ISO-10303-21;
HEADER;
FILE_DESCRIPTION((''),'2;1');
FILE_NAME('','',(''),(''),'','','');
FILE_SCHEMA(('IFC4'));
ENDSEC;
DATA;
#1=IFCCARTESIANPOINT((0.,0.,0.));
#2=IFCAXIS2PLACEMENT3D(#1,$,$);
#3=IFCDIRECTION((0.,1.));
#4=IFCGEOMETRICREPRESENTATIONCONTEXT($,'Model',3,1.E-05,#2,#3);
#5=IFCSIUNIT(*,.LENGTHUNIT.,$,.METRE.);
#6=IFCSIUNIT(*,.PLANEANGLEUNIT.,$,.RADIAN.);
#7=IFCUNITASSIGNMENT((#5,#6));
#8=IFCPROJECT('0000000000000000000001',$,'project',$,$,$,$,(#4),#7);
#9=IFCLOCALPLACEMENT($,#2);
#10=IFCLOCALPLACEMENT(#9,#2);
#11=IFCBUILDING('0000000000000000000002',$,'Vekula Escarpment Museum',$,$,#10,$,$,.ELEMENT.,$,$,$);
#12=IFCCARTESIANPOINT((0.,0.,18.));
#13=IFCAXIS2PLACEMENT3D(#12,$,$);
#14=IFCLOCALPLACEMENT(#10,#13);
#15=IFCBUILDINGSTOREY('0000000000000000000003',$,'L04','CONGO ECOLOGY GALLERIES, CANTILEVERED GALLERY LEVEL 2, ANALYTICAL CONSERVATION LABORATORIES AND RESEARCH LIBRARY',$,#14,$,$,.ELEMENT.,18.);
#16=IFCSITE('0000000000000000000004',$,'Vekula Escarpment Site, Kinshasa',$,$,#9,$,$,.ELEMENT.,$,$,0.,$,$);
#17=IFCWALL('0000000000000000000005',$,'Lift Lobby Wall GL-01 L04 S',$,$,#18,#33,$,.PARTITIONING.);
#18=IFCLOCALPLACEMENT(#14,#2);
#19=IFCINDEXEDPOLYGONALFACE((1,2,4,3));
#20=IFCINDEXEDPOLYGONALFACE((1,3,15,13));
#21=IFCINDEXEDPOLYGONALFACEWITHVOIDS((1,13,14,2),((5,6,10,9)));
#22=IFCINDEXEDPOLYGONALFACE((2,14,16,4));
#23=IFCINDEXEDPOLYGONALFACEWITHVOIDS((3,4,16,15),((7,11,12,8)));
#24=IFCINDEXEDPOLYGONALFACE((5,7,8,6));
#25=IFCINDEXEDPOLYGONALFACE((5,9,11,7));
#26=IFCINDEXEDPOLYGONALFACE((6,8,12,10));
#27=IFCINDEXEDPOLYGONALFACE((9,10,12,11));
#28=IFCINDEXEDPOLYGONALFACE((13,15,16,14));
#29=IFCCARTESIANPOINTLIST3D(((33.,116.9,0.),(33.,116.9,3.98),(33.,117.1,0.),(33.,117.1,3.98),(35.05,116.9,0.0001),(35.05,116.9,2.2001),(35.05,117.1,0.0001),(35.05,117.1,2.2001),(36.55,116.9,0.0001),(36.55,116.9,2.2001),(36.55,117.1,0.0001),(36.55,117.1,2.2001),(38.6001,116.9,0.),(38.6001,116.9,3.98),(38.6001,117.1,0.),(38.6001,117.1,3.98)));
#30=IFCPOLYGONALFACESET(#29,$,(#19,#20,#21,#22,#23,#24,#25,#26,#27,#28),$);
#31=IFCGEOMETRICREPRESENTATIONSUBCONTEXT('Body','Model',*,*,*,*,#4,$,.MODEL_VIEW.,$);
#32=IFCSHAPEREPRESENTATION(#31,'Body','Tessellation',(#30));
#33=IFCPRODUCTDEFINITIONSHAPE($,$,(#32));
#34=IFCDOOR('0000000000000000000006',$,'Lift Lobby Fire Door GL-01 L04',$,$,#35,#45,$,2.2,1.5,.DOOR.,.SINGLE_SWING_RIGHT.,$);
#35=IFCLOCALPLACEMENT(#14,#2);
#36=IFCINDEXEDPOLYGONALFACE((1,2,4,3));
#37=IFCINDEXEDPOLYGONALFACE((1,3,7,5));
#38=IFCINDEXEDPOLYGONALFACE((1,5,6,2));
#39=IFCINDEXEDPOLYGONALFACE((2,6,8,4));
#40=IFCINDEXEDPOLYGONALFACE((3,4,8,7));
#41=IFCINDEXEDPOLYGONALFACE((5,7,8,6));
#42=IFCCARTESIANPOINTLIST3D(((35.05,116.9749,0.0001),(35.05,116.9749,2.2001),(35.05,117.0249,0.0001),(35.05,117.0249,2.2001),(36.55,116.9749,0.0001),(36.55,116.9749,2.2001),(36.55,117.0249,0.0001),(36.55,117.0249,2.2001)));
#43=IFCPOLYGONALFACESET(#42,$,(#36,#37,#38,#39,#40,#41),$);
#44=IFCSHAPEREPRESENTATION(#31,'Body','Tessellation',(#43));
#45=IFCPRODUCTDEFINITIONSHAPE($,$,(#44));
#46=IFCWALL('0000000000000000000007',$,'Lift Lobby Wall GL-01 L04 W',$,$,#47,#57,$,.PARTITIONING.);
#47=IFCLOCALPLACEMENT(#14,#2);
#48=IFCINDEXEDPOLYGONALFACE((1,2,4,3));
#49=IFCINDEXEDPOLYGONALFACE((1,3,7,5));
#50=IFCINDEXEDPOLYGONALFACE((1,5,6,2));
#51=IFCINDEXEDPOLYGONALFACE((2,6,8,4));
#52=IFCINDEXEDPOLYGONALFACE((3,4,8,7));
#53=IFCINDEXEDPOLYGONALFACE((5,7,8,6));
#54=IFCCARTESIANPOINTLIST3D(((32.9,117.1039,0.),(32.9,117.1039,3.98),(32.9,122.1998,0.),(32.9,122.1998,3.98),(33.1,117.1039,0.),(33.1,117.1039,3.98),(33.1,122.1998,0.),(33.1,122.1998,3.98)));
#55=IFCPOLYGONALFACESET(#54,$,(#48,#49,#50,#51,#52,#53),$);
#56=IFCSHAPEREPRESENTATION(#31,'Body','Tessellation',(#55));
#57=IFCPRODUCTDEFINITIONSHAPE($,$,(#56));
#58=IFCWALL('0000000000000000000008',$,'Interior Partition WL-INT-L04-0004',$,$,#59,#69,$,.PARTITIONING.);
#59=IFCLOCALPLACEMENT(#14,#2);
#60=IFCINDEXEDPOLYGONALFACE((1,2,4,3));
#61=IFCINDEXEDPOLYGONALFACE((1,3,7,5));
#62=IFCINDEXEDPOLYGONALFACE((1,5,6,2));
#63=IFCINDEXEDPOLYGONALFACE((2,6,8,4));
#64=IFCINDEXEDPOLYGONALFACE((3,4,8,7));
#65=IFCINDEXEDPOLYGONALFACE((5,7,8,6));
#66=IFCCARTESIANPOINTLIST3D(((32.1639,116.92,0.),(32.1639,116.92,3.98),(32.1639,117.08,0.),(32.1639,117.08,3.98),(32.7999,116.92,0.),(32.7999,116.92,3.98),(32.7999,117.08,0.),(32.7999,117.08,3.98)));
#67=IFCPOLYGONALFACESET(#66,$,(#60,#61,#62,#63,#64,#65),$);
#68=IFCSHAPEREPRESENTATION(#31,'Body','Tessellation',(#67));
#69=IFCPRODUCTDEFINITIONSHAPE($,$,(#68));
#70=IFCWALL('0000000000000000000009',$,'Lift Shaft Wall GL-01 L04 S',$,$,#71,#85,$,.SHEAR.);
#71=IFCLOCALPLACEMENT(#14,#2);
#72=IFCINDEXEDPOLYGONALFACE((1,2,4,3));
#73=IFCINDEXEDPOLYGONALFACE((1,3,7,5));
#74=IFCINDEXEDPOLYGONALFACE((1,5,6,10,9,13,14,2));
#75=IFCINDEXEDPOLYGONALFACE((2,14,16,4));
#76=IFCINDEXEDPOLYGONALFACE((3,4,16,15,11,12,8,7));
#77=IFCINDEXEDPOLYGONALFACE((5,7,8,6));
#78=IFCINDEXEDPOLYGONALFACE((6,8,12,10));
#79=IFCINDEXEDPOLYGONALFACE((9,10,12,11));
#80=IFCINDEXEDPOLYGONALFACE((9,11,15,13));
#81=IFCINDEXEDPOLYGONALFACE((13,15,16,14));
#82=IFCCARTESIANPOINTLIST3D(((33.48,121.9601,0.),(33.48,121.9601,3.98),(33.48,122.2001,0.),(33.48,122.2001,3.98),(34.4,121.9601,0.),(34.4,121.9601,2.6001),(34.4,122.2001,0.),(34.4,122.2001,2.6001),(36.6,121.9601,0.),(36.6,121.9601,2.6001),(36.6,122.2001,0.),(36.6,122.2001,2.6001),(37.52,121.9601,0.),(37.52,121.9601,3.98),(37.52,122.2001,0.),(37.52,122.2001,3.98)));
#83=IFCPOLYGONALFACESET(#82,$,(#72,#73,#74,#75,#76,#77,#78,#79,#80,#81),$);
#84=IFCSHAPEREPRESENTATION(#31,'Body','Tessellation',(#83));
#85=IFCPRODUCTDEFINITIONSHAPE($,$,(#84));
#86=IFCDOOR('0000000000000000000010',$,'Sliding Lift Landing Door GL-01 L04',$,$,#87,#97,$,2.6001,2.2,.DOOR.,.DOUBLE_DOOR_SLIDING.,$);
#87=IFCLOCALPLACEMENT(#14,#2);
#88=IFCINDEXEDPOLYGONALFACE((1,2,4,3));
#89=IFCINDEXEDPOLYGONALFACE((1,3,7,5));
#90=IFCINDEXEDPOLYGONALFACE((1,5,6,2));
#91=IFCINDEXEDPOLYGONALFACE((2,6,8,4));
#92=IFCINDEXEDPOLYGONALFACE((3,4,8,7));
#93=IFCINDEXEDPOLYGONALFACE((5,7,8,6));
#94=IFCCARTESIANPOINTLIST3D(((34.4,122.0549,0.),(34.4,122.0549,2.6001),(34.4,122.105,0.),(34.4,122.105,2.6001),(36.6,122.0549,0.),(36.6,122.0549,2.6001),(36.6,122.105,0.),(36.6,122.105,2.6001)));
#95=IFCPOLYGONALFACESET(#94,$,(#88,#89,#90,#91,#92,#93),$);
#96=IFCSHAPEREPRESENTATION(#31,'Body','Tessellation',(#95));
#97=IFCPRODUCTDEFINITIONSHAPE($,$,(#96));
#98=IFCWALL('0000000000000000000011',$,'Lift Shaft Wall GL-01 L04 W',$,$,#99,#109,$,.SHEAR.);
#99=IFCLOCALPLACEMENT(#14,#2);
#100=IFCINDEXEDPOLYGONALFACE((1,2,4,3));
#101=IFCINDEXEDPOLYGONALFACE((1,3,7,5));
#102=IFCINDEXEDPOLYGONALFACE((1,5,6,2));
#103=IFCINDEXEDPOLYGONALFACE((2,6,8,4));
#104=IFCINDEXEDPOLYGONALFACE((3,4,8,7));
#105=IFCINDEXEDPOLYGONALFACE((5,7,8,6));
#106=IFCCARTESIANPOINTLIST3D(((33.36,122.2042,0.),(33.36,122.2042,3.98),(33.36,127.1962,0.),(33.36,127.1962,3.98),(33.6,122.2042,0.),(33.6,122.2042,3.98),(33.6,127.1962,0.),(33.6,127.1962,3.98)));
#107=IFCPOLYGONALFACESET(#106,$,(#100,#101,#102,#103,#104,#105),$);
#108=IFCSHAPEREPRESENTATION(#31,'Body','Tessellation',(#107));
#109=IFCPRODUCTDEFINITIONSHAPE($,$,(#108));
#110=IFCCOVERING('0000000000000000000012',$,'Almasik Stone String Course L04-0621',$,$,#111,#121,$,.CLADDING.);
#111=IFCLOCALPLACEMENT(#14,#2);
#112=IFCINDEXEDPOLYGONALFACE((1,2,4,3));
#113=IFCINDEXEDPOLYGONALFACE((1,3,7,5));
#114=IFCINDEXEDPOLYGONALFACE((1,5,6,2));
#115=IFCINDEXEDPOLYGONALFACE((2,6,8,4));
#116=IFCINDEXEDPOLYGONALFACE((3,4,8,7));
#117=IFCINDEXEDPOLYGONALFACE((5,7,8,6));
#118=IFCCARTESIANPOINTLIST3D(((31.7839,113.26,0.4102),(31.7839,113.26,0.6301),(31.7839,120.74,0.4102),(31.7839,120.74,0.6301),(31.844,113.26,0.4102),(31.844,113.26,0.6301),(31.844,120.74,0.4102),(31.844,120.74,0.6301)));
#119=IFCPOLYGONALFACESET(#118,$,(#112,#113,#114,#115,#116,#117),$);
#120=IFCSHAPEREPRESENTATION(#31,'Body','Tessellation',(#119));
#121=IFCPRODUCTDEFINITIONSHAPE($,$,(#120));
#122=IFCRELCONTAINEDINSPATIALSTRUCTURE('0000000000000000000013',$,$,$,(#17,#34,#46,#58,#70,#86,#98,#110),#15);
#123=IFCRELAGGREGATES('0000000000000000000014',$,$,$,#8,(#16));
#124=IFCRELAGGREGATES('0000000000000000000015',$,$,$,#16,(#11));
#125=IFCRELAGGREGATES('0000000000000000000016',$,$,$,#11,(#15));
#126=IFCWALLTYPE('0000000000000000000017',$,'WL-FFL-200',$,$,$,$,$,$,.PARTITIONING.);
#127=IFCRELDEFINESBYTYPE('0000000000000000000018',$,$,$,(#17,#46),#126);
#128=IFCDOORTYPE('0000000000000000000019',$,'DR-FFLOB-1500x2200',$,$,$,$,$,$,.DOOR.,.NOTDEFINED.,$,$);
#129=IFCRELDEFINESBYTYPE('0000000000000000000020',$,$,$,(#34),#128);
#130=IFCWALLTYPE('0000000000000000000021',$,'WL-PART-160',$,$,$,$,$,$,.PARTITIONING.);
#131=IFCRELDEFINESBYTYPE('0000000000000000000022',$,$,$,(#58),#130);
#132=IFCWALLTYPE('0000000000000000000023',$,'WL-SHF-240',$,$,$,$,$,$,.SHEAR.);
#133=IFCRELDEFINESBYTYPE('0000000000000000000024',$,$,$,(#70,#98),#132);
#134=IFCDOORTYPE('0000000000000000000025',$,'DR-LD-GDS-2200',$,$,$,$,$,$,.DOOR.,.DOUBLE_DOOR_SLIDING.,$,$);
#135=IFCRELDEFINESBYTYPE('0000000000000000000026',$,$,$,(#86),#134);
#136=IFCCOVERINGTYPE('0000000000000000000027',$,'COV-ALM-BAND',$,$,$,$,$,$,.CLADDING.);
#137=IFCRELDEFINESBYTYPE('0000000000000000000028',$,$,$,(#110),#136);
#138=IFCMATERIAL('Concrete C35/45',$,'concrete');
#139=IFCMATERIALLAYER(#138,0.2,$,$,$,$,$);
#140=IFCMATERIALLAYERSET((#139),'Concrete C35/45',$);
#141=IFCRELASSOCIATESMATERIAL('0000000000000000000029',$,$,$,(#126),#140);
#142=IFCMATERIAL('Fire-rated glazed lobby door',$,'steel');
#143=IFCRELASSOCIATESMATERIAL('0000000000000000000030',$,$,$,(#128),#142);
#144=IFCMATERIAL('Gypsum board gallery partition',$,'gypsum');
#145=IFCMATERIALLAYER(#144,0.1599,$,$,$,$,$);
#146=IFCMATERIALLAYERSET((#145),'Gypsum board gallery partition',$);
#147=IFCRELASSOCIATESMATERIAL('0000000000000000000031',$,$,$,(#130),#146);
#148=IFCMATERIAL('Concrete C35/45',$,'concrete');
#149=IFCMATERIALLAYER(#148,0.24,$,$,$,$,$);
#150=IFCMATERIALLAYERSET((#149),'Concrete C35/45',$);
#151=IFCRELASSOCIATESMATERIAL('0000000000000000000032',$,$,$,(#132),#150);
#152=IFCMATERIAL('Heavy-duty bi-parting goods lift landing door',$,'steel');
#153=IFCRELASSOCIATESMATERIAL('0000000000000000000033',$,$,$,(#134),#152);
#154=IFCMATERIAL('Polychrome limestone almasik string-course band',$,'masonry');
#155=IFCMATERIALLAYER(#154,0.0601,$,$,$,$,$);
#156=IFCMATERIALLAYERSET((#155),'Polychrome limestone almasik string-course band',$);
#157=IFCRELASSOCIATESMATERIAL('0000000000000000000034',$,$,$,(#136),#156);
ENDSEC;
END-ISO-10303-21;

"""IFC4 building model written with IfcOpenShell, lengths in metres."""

from ifc_helpers import new_model, si_unit, direction, frame, frame_2d, origin, origin_2d, place, context, subcontext, project, spatial, rectangle, extrude, material, layer, layer_set, type_object, element, fill, save


model = new_model("IFC4")

# Units and contexts
model_context = context("Model", 3, precision=1e-05, world=origin(), true_north=direction((0.0, 1.0)))
body_context = subcontext(model_context, "Body", "Model", "MODEL_VIEW")
ifc_project = project(units=[si_unit("LENGTHUNIT", "METRE"), si_unit("PLANEANGLEUNIT", "RADIAN")], contexts=[model_context])

# Site, building, storey
site_placement = place(None, origin())
site = spatial("IfcSite", under=ifc_project, at=site_placement, Name="Vekula Escarpment Site, Kinshasa", CompositionType="ELEMENT", RefElevation=0.0)
building_placement = place(site_placement, origin())
building = spatial("IfcBuilding", under=site, at=building_placement, Name="Vekula Escarpment Museum", CompositionType="ELEMENT")
storey_placement = place(building_placement, frame((0.0, 0.0, 18.0)))
storey = spatial("IfcBuildingStorey", under=building, at=storey_placement, Name="L04", Description="CONGO ECOLOGY GALLERIES, CANTILEVERED GALLERY LEVEL 2, ANALYTICAL CONSERVATION LABORATORIES AND RESEARCH LIBRARY", CompositionType="ELEMENT", Elevation=18.0)

# Wall, opening, door
ifc_material_1 = material(Name="Concrete C35/45", Category="concrete")
ifc_layer_1 = layer(ifc_material_1, 0.2)
ifc_layer_set_1 = layer_set([ifc_layer_1], Name="Concrete C35/45")
wall_type_1 = type_object("IfcWallType", Name="WL-FFL-200", PredefinedType="PARTITIONING", material=ifc_layer_set_1)
wall_1_placement = place(storey_placement, frame((33.0, 117.0, 0.0), z_axis=(0.0, 0.0, 1.0), x_axis=(1.0, 0.0, 0.0)))
wall_1 = element("IfcWall", 1, at=wall_1_placement, inside=storey, type_object=wall_type_1, Name="Lift Lobby Wall GL-01 L04 S", PredefinedType="PARTITIONING", context=body_context, shape_type="SweptSolid", body=[
    extrude(rectangle(XDim=5.6001, YDim=0.2, at=frame_2d((2.8, 0.0))), origin(), (0.0, 0.0, 1.0), 3.98),
])
opening_1_placement = place(wall_1_placement, frame((2.05, 0.0, 0.0)))
opening_1 = element("IfcOpeningElement", 2, at=opening_1_placement, cuts=wall_1, PredefinedType="OPENING", context=body_context, shape_type="SweptSolid", body=[
    extrude(rectangle(XDim=1.5, YDim=2.2, at=frame_2d((0.75, 1.1001))), frame((0.0, 0.1099, 0.0), z_axis=(0.0, -1.0, 0.0), x_axis=(1.0, 0.0, 0.0)), (0.0, 0.0, 1.0), 0.22),
])
ifc_material_2 = material(Name="Fire-rated glazed lobby door", Category="steel")
door_type_1 = type_object("IfcDoorType", Name="DR-FFLOB-1500x2200", OperationType="NOTDEFINED", PredefinedType="DOOR", material=ifc_material_2)
door_1_placement = place(opening_1_placement, origin())
door_1 = element("IfcDoor", 3, at=door_1_placement, inside=storey, type_object=door_type_1, Name="Lift Lobby Fire Door GL-01 L04", OperationType="SINGLE_SWING_RIGHT", OverallHeight=2.2, OverallWidth=1.5, PredefinedType="DOOR", context=body_context, shape_type="SweptSolid", body=[
    extrude(rectangle(XDim=1.5, YDim=2.2, at=frame_2d((0.75, 1.1001))), frame((0.0, 0.0249, 0.0), z_axis=(0.0, -1.0, 0.0), x_axis=(1.0, 0.0, 0.0)), (0.0, 0.0, 1.0), 0.05),
])
fill(opening_1, door_1)

# Walls
wall_2_placement = place(storey_placement, frame((33.0, 117.104, 0.0), z_axis=(0.0, 0.0, 1.0), x_axis=(0.0, 1.0, 0.0)))
element("IfcWall", 4, at=wall_2_placement, inside=storey, type_object=wall_type_1, Name="Lift Lobby Wall GL-01 L04 W", PredefinedType="PARTITIONING", context=body_context, shape_type="SweptSolid", body=[
    extrude(rectangle(XDim=5.0959, YDim=0.2, at=frame_2d((2.5479, 0.0))), origin(), (0.0, 0.0, 1.0), 3.98),
])
ifc_material_3 = material(Name="Gypsum board gallery partition", Category="gypsum")
ifc_layer_2 = layer(ifc_material_3, 0.1599)
ifc_layer_set_2 = layer_set([ifc_layer_2], Name="Gypsum board gallery partition")
wall_type_2 = type_object("IfcWallType", Name="WL-PART-160", PredefinedType="PARTITIONING", material=ifc_layer_set_2)
wall_3_placement = place(storey_placement, frame((32.1641, 117.0, 0.0), z_axis=(0.0, 0.0, 1.0), x_axis=(1.0, 0.0, 0.0)))
element("IfcWall", 5, at=wall_3_placement, inside=storey, type_object=wall_type_2, Name="Interior Partition WL-INT-L04-0004", PredefinedType="PARTITIONING", context=body_context, shape_type="SweptSolid", body=[
    extrude(rectangle(XDim=0.636, YDim=0.1599, at=frame_2d((0.3179, 0.0))), origin(), (0.0, 0.0, 1.0), 3.98),
])

# Wall, opening, door
ifc_material_4 = material(Name="Concrete C35/45", Category="concrete")
ifc_layer_3 = layer(ifc_material_4, 0.24)
ifc_layer_set_3 = layer_set([ifc_layer_3], Name="Concrete C35/45")
wall_type_3 = type_object("IfcWallType", Name="WL-SHF-240", PredefinedType="SHEAR", material=ifc_layer_set_3)
wall_4_placement = place(storey_placement, frame((33.48, 122.0801, 0.0), z_axis=(0.0, 0.0, 1.0), x_axis=(1.0, 0.0, 0.0)))
wall_4 = element("IfcWall", 6, at=wall_4_placement, inside=storey, type_object=wall_type_3, Name="Lift Shaft Wall GL-01 L04 S", PredefinedType="SHEAR", context=body_context, shape_type="SweptSolid", body=[
    extrude(rectangle(XDim=4.04, YDim=0.24, at=frame_2d((2.02, 0.0))), origin(), (0.0, 0.0, 1.0), 3.98),
])
opening_2_placement = place(wall_4_placement, frame((0.9199, 0.0, 0.0)))
opening_2 = element("IfcOpeningElement", 7, at=opening_2_placement, cuts=wall_4, PredefinedType="OPENING", context=body_context, shape_type="SweptSolid", body=[
    extrude(rectangle(XDim=2.2, YDim=2.6001, at=frame_2d((1.1001, 1.3))), frame((0.0, 0.1299, 0.0), z_axis=(0.0, -1.0, 0.0), x_axis=(1.0, 0.0, 0.0)), (0.0, 0.0, 1.0), 0.26),
])
ifc_material_5 = material(Name="Heavy-duty bi-parting goods lift landing door", Category="steel")
door_type_2 = type_object("IfcDoorType", Name="DR-LD-GDS-2200", OperationType="DOUBLE_DOOR_SLIDING", PredefinedType="DOOR", material=ifc_material_5)
door_2_placement = place(opening_2_placement, origin())
door_2 = element("IfcDoor", 8, at=door_2_placement, inside=storey, type_object=door_type_2, Name="Sliding Lift Landing Door GL-01 L04", OperationType="DOUBLE_DOOR_SLIDING", OverallHeight=2.6001, OverallWidth=2.2, PredefinedType="DOOR", context=body_context, shape_type="SweptSolid", body=[
    extrude(rectangle(XDim=2.2, YDim=2.6001, at=frame_2d((1.1001, 1.3))), frame((0.0, 0.0249, 0.0), z_axis=(0.0, -1.0, 0.0), x_axis=(1.0, 0.0, 0.0)), (0.0, 0.0, 1.0), 0.05),
])
fill(opening_2, door_2)

# Wall
wall_5_placement = place(storey_placement, frame((33.48, 122.2041, 0.0), z_axis=(0.0, 0.0, 1.0), x_axis=(0.0, 1.0, 0.0)))
element("IfcWall", 9, at=wall_5_placement, inside=storey, type_object=wall_type_3, Name="Lift Shaft Wall GL-01 L04 W", PredefinedType="SHEAR", context=body_context, shape_type="SweptSolid", body=[
    extrude(rectangle(XDim=4.9919, YDim=0.24, at=frame_2d((2.4961, 0.0))), origin(), (0.0, 0.0, 1.0), 3.98),
])

# Covering
ifc_material_6 = material(Name="Polychrome limestone almasik string-course band", Category="masonry")
ifc_layer_4 = layer(ifc_material_6, 0.0601)
ifc_layer_set_4 = layer_set([ifc_layer_4], Name="Polychrome limestone almasik string-course band")
covering_type = type_object("IfcCoveringType", Name="COV-ALM-BAND", PredefinedType="CLADDING", material=ifc_layer_set_4)
covering_placement = place(storey_placement, frame((31.814, 117.0, 0.4102), z_axis=(0.0, 0.0, 1.0), x_axis=(0.0, 1.0, 0.0)))
element("IfcCovering", 10, at=covering_placement, inside=storey, type_object=covering_type, Name="Almasik Stone String Course L04-0621", PredefinedType="CLADDING", context=body_context, shape_type="SweptSolid", body=[
    extrude(rectangle(XDim=7.48, YDim=0.0601, at=origin_2d()), origin(), (0.0, 0.0, 1.0), 0.22),
])

save(model, "model.ifc")
